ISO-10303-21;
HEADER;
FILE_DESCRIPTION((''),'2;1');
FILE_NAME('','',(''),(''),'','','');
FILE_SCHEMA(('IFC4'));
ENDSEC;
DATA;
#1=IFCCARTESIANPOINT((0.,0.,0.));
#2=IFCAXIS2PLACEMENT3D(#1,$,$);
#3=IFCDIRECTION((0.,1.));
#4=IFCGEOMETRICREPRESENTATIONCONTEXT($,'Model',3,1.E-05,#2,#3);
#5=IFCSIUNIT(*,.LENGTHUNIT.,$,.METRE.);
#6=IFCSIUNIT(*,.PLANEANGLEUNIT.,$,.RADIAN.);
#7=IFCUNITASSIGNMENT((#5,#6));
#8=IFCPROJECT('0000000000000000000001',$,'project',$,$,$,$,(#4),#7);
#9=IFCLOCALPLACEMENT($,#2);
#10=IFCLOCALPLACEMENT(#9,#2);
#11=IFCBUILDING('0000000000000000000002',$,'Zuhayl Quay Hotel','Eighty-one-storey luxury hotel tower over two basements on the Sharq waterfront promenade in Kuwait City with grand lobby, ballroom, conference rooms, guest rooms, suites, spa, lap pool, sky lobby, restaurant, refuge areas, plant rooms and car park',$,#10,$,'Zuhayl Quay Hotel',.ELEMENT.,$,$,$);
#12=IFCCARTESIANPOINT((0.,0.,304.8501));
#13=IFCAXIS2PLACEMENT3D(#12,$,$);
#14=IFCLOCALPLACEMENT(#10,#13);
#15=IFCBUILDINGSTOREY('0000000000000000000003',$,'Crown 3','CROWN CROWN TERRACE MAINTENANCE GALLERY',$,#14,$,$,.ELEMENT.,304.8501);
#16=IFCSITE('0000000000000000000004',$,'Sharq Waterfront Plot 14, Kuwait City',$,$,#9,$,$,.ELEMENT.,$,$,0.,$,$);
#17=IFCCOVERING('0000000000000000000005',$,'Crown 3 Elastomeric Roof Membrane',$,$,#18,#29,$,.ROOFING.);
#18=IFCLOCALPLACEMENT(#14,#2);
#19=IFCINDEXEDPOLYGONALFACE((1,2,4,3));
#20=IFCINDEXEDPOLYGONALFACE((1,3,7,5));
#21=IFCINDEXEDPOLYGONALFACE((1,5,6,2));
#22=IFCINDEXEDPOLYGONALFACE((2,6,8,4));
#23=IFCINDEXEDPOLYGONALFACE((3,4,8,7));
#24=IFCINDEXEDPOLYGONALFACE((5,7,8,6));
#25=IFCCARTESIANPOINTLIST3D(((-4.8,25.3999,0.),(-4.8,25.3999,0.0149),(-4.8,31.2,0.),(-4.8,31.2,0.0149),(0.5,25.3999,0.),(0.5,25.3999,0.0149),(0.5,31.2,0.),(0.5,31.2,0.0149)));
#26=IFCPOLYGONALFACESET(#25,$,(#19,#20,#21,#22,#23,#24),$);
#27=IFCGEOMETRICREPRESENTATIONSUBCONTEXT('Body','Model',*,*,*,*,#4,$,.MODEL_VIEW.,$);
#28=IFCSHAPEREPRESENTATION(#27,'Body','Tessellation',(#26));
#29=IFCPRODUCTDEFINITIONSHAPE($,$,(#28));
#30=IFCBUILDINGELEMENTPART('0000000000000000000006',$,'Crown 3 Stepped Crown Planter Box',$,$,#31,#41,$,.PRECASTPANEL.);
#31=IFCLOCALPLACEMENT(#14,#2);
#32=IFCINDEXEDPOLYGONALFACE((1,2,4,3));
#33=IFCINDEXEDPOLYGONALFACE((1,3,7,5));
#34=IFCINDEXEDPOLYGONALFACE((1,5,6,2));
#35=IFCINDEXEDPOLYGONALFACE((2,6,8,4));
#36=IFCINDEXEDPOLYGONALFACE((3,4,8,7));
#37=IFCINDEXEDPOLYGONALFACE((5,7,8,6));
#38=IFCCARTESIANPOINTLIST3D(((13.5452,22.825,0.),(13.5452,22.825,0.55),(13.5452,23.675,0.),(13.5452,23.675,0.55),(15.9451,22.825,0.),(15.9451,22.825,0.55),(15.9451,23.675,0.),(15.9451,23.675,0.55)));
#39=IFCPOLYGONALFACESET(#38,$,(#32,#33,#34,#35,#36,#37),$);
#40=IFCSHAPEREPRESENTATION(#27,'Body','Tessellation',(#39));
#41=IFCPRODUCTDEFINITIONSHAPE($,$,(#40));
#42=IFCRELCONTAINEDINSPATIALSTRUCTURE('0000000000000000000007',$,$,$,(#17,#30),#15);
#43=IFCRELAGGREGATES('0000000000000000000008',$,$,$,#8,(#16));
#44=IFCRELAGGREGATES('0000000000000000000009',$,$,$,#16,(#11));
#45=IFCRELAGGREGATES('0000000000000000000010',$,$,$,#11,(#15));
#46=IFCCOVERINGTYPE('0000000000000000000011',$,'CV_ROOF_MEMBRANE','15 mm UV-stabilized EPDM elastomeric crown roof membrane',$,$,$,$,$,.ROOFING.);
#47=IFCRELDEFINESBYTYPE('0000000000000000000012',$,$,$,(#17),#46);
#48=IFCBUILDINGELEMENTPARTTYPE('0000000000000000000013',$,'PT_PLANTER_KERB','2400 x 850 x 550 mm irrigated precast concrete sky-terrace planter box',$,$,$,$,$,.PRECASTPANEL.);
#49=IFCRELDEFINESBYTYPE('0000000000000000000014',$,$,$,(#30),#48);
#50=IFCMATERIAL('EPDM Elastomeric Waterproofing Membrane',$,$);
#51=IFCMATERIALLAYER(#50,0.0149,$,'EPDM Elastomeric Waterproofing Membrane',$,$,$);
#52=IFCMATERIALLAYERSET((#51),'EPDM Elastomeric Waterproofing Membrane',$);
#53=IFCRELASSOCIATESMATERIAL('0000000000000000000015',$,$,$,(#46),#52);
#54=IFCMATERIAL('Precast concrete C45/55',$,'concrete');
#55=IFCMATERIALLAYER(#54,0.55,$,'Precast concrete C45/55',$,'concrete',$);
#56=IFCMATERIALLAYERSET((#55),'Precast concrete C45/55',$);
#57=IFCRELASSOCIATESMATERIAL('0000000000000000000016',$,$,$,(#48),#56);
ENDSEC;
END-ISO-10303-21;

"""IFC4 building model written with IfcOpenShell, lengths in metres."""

from ifc_helpers import new_model, si_unit, direction, frame, origin, origin_2d, place, context, subcontext, project, spatial, polyline, rectangle, outline, extrude, material, layer, layer_set, type_object, element, save


model = new_model("IFC4")

# Units and contexts
model_context = context("Model", 3, precision=1e-05, world=origin(), true_north=direction((0.0, 1.0)))
body_context = subcontext(model_context, "Body", "Model", "MODEL_VIEW")
ifc_project = project(units=[si_unit("LENGTHUNIT", "METRE"), si_unit("PLANEANGLEUNIT", "RADIAN")], contexts=[model_context])

# Site, building, storey
site_placement = place(None, origin())
site = spatial("IfcSite", under=ifc_project, at=site_placement, Name="Sharq Waterfront Plot 14, Kuwait City", CompositionType="ELEMENT", RefElevation=0.0)
building_placement = place(site_placement, origin())
building = spatial("IfcBuilding", under=site, at=building_placement, Name="Zuhayl Quay Hotel", Description="Eighty-one-storey luxury hotel tower over two basements on the Sharq waterfront promenade in Kuwait City with grand lobby, ballroom, conference rooms, guest rooms, suites, spa, lap pool, sky lobby, restaurant, refuge areas, plant rooms and car park", LongName="Zuhayl Quay Hotel", CompositionType="ELEMENT")
storey_placement = place(building_placement, frame((0.0, 0.0, 304.8501)))
storey = spatial("IfcBuildingStorey", under=building, at=storey_placement, Name="Crown 3", Description="CROWN CROWN TERRACE MAINTENANCE GALLERY", CompositionType="ELEMENT", Elevation=304.8501)

# Shared definitions
ifc_material_1 = material(Name="Precast concrete C45/55", Category="concrete")

# Covering
ifc_material_2 = material(Name="EPDM Elastomeric Waterproofing Membrane")
ifc_layer_1 = layer(ifc_material_2, 0.0149, Name="EPDM Elastomeric Waterproofing Membrane")
ifc_layer_set_1 = layer_set([ifc_layer_1], Name="EPDM Elastomeric Waterproofing Membrane")
covering_type = type_object("IfcCoveringType", Name="CV_ROOF_MEMBRANE", Description="15 mm UV-stabilized EPDM elastomeric crown roof membrane", PredefinedType="ROOFING", material=ifc_layer_set_1)
covering_placement = place(storey_placement, origin())
element("IfcCovering", 1, at=covering_placement, inside=storey, type_object=covering_type, Name="Crown 3 Elastomeric Roof Membrane", PredefinedType="ROOFING", context=body_context, shape_type="SweptSolid", body=[
    extrude(outline(polyline([(-4.8, 25.3999), (0.5, 25.3999), (0.5, 31.2), (-4.8, 31.2), (-4.8, 25.3999)])), origin(), (0.0, 0.0, 1.0), 0.0149),
])

# Building element part
ifc_layer_2 = layer(ifc_material_1, 0.55, Name="Precast concrete C45/55", Category="concrete")
ifc_layer_set_2 = layer_set([ifc_layer_2], Name="Precast concrete C45/55")
building_element_part_type = type_object("IfcBuildingElementPartType", Name="PT_PLANTER_KERB", Description="2400 x 850 x 550 mm irrigated precast concrete sky-terrace planter box", PredefinedType="PRECASTPANEL", material=ifc_layer_set_2)
building_element_part_placement = place(storey_placement, frame((14.7451, 23.25, 0.0), z_axis=(0.0, 0.0, 1.0), x_axis=(1.0, 0.0, 0.0)))
element("IfcBuildingElementPart", 2, at=building_element_part_placement, inside=storey, type_object=building_element_part_type, Name="Crown 3 Stepped Crown Planter Box", PredefinedType="PRECASTPANEL", context=body_context, shape_type="SweptSolid", body=[
    extrude(rectangle(XDim=2.3999, YDim=0.8501, at=origin_2d()), origin(), (0.0, 0.0, 1.0), 0.55),
])

save(model, "model.ifc")
